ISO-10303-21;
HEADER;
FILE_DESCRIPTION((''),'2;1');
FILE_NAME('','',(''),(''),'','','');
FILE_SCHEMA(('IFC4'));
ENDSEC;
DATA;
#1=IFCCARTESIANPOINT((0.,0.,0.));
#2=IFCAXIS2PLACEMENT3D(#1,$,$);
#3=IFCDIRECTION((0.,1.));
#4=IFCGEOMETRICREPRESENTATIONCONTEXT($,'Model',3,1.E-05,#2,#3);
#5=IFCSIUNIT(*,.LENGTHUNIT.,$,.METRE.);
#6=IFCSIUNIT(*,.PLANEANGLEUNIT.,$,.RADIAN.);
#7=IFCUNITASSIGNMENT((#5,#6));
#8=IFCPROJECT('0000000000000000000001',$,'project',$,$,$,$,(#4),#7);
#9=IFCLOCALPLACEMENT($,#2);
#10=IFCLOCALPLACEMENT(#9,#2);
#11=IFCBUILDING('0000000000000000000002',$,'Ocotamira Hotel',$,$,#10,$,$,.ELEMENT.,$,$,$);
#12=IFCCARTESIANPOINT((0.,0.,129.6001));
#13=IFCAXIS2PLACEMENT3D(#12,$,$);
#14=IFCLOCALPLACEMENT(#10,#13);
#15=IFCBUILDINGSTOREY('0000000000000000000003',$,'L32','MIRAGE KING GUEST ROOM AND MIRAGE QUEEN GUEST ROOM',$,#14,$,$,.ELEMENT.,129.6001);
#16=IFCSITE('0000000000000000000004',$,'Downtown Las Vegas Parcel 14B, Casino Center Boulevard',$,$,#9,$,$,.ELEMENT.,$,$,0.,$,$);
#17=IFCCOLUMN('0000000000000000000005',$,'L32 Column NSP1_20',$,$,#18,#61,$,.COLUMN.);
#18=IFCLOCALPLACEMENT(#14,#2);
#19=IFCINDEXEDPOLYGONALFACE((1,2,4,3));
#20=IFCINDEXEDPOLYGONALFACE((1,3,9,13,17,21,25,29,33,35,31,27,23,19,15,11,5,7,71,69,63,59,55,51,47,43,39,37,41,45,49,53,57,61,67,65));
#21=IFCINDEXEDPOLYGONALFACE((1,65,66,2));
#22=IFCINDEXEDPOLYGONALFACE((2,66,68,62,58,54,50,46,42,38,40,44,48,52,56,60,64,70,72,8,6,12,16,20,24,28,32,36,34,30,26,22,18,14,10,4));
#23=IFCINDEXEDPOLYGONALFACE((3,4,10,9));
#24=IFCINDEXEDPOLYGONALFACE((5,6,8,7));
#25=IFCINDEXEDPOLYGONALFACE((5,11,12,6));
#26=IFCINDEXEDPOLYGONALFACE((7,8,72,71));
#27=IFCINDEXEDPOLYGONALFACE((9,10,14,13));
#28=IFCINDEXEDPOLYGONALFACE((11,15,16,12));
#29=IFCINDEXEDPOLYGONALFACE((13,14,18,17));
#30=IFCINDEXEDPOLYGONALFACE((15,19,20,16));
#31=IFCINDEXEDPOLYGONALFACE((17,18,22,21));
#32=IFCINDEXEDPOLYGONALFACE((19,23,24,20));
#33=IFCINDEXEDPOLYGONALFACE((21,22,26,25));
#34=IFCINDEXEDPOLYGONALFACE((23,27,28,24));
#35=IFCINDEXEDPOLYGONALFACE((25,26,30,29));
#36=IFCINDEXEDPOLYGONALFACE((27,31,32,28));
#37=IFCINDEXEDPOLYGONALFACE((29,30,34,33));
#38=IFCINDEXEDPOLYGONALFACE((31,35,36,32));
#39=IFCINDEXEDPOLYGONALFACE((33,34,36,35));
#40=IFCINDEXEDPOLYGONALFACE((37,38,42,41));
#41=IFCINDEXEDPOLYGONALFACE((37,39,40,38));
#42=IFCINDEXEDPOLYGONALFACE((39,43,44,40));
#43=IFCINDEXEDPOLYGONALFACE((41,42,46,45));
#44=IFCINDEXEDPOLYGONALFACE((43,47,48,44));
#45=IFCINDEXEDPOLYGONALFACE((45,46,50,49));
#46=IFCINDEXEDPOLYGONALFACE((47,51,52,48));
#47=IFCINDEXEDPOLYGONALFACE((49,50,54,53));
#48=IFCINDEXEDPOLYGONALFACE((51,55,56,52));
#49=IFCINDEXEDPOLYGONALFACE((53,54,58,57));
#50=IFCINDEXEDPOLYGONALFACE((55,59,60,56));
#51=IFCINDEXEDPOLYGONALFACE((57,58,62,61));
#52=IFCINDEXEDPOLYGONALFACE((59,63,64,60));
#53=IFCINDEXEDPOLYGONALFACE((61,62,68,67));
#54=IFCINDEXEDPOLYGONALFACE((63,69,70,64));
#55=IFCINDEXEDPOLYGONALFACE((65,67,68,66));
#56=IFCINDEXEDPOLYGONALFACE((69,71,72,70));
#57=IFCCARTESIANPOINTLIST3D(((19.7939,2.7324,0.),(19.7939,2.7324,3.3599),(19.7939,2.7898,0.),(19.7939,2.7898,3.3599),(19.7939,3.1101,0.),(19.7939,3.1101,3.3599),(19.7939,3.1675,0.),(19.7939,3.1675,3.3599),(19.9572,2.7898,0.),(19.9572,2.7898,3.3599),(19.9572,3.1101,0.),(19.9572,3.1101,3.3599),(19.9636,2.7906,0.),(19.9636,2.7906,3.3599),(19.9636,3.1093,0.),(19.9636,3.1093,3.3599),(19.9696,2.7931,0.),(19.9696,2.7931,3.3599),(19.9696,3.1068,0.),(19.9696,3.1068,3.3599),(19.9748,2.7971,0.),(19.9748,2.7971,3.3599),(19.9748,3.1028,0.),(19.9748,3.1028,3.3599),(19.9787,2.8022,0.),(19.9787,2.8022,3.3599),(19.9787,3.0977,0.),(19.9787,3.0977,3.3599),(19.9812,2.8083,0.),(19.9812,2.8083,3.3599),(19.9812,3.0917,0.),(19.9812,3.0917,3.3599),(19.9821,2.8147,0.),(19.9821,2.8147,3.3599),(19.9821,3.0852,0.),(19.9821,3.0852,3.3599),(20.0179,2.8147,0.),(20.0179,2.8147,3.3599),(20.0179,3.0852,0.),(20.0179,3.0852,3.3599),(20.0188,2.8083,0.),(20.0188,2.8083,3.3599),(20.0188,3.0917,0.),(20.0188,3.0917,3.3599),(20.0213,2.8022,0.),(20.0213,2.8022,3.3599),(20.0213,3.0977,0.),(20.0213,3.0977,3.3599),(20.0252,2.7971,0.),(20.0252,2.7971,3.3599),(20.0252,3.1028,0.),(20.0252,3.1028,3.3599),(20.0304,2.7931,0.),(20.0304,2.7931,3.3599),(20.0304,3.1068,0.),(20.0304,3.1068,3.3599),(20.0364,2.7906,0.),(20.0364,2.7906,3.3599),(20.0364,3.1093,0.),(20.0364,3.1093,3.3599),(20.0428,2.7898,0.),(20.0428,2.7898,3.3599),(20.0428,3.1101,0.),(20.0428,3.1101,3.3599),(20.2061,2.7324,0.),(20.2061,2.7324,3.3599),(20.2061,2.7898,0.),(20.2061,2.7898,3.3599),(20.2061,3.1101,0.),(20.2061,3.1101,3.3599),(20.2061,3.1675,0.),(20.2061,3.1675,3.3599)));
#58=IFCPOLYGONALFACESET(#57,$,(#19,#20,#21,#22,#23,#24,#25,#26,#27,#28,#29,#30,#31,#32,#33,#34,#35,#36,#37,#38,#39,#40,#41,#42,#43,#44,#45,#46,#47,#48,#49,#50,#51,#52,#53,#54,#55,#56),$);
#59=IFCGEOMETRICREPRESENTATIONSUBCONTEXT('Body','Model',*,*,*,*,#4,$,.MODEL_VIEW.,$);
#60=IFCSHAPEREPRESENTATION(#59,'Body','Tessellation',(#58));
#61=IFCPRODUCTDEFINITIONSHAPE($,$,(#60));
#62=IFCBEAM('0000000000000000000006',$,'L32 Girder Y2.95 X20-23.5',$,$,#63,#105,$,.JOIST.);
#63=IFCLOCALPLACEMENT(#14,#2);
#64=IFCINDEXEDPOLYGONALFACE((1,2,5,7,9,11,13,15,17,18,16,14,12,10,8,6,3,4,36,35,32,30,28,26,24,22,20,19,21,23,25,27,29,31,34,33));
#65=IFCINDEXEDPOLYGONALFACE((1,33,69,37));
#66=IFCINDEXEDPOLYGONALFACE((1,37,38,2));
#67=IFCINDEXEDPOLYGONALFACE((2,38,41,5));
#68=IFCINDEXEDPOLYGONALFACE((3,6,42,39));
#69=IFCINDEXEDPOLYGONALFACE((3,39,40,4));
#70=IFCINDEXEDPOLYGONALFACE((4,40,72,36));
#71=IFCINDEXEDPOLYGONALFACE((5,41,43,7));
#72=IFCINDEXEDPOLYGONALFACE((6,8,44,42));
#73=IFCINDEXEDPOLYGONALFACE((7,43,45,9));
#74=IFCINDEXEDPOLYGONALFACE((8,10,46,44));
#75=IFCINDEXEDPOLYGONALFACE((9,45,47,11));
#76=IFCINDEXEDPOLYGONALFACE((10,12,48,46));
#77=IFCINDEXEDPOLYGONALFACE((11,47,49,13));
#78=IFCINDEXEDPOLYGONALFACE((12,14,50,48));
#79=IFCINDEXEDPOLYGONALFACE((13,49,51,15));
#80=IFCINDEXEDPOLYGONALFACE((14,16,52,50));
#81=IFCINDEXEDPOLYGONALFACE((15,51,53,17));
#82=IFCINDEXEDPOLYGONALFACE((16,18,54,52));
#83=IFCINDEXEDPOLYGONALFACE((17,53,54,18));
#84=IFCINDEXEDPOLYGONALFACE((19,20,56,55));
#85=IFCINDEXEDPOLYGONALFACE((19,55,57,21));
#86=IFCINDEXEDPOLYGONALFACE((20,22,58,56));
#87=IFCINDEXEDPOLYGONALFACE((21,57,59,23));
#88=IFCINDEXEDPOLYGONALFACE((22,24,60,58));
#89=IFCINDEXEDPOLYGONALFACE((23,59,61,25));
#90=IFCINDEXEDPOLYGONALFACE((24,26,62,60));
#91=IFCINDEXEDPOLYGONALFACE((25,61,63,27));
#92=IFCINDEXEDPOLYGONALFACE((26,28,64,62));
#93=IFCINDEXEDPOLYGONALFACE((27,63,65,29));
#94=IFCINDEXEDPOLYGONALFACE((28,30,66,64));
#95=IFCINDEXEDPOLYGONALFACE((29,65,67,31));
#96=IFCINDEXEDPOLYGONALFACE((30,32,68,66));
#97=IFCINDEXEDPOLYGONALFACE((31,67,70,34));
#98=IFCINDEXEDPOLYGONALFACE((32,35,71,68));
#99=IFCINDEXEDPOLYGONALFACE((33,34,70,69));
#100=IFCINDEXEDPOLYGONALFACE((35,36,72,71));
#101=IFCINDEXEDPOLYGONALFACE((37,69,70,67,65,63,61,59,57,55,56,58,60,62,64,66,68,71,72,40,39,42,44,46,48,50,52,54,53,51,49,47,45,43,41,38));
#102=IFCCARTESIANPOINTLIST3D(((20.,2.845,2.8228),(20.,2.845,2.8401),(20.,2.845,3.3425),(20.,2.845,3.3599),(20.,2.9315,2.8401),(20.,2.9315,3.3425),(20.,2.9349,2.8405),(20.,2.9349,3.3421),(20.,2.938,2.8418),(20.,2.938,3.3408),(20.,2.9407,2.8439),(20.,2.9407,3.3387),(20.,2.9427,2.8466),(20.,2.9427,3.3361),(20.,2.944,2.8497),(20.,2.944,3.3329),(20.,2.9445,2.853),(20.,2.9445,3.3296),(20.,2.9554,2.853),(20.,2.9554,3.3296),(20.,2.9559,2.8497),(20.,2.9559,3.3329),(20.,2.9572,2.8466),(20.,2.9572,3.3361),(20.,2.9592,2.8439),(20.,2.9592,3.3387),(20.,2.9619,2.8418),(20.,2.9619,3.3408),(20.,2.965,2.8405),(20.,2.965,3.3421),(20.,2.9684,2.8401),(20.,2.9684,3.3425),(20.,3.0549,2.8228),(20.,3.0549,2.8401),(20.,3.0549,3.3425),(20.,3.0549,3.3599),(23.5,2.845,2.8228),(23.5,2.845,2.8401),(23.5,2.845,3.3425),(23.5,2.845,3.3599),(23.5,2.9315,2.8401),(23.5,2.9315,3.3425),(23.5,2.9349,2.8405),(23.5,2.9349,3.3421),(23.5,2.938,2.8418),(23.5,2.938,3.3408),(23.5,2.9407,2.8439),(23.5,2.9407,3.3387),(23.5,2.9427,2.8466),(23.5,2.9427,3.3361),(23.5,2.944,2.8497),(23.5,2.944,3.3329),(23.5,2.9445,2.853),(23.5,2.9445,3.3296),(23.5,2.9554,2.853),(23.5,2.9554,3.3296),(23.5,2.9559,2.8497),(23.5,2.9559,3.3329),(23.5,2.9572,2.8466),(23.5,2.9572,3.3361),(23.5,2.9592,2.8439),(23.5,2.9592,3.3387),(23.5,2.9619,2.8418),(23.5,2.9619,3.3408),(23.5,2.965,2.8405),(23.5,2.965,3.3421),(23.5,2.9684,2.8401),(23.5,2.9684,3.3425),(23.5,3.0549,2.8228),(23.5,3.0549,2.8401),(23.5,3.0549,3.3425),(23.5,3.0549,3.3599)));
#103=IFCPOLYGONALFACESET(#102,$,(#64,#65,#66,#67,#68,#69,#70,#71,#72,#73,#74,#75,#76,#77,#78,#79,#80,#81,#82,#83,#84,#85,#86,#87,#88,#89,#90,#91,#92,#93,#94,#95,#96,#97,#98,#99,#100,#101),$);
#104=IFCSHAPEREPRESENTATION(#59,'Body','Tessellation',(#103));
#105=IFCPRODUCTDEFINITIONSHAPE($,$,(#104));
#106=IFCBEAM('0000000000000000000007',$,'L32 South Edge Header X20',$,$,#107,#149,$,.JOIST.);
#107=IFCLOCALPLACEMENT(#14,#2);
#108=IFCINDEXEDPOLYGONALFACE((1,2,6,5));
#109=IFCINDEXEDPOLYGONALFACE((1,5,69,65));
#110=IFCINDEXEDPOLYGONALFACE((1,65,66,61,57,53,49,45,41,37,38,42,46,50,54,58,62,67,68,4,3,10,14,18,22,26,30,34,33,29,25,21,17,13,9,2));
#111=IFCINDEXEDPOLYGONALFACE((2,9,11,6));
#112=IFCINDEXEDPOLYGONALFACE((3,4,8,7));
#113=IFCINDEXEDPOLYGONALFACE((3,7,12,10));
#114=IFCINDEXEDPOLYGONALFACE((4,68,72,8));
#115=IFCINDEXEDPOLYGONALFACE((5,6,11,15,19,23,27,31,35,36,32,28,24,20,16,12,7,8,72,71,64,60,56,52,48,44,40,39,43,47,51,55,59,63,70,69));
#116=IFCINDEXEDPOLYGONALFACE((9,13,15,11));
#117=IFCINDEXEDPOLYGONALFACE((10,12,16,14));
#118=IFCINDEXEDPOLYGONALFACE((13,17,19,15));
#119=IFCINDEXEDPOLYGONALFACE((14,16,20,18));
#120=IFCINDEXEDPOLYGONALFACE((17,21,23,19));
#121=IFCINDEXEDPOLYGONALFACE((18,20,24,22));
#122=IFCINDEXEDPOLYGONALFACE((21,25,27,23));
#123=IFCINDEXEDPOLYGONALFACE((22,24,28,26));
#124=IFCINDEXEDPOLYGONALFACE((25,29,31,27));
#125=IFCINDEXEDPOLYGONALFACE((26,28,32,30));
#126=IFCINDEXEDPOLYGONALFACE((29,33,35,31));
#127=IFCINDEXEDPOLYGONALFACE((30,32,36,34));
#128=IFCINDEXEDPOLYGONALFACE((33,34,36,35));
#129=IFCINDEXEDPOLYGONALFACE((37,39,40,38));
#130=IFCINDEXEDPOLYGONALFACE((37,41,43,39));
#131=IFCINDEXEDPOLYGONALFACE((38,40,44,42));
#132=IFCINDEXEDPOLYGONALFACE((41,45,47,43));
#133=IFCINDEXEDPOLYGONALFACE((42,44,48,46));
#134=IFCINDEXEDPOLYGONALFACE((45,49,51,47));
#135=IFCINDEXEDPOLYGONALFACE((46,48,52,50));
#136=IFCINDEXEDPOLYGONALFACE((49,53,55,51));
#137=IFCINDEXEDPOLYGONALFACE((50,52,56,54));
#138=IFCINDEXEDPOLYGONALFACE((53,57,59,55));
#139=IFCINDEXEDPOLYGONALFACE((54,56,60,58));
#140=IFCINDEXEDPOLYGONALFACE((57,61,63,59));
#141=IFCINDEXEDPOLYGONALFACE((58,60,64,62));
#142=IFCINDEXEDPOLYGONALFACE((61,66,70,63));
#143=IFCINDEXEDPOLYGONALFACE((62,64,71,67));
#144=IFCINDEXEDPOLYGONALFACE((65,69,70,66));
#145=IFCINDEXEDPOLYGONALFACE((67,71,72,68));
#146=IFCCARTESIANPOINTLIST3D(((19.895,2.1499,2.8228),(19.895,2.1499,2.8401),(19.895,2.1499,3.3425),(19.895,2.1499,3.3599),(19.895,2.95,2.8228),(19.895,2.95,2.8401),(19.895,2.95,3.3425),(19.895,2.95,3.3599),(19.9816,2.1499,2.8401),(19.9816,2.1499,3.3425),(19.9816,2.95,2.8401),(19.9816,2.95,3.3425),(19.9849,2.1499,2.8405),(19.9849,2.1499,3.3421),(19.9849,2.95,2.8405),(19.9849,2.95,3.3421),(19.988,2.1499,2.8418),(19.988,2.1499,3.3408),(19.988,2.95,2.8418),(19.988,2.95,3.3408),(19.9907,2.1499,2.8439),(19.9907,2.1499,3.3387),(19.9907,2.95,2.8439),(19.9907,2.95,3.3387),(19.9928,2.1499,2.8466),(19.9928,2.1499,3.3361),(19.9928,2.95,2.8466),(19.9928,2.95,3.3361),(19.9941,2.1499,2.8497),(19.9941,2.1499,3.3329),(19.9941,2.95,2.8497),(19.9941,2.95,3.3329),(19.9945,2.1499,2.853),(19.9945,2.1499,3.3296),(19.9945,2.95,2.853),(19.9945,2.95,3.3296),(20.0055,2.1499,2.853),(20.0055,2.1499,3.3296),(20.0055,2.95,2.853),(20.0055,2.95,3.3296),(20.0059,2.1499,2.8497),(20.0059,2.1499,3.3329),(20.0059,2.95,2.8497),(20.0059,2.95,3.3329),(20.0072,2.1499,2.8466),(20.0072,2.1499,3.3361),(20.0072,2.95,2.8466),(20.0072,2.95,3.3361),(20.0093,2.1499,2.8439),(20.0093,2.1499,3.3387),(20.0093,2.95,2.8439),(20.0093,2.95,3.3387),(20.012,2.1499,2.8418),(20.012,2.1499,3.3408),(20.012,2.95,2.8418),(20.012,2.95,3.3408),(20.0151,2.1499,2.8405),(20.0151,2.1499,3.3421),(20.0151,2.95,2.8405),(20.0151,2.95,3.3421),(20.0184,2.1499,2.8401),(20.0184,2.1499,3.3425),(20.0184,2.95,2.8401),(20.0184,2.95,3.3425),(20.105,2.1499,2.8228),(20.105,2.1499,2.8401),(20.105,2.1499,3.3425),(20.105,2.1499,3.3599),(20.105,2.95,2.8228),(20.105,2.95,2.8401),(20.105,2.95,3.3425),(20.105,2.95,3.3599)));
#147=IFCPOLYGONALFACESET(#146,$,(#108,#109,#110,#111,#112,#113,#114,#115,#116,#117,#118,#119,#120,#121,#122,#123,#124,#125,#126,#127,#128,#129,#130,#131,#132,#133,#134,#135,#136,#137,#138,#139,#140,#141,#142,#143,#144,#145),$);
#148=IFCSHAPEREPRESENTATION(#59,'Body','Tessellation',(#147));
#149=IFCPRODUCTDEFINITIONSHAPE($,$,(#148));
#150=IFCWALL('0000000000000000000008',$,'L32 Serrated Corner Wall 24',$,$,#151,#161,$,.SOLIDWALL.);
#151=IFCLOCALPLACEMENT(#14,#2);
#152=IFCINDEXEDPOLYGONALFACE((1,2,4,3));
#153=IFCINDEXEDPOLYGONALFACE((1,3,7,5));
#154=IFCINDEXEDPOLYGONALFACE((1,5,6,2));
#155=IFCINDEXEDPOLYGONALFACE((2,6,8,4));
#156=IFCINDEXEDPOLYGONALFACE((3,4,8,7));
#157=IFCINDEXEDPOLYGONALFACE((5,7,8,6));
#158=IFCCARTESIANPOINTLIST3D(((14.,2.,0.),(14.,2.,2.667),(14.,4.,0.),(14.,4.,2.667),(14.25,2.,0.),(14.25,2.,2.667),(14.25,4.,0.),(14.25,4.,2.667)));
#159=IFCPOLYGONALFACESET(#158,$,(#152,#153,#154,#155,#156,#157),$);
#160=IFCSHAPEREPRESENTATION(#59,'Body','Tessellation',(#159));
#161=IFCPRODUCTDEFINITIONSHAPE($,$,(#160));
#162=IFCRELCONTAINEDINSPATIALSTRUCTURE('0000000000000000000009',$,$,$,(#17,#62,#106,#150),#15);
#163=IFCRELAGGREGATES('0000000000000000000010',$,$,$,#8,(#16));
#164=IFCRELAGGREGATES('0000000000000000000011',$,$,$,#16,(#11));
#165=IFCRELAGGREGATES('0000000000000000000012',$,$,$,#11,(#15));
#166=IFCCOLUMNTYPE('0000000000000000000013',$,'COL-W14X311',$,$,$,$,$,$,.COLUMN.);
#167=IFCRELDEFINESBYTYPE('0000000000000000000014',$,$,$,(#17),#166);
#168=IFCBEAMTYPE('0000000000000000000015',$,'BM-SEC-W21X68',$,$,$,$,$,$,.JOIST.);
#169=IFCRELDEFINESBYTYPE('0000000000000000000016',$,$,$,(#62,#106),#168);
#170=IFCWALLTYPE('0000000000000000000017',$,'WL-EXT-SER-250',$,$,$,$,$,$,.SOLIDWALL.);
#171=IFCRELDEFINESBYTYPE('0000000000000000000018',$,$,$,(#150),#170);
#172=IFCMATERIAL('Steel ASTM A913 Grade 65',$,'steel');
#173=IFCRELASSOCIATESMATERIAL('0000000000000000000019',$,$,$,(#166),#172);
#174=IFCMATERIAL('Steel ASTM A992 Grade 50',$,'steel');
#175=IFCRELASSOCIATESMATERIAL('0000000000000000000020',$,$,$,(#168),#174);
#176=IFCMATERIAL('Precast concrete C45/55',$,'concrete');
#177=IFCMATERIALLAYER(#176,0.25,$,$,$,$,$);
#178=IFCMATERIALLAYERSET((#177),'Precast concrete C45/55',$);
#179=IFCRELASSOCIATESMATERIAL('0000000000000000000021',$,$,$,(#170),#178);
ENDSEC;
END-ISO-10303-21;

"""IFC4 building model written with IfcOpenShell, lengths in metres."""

from ifc_helpers import new_model, si_unit, direction, frame, frame_2d, origin, origin_2d, place, context, subcontext, project, spatial, rectangle, i_section, extrude, source, transform, mapped, material, layer, layer_set, material_profile, profile_set, type_object, element, save


model = new_model("IFC4")

# Units and contexts
model_context = context("Model", 3, precision=1e-05, world=origin(), true_north=direction((0.0, 1.0)))
body_context = subcontext(model_context, "Body", "Model", "MODEL_VIEW")
ifc_project = project(units=[si_unit("LENGTHUNIT", "METRE"), si_unit("PLANEANGLEUNIT", "RADIAN")], contexts=[model_context])

# Site, building, storey
site_placement = place(None, origin())
site = spatial("IfcSite", under=ifc_project, at=site_placement, Name="Downtown Las Vegas Parcel 14B, Casino Center Boulevard", CompositionType="ELEMENT", RefElevation=0.0)
building_placement = place(site_placement, origin())
building = spatial("IfcBuilding", under=site, at=building_placement, Name="Ocotamira Hotel", CompositionType="ELEMENT")
storey_placement = place(building_placement, frame((0.0, 0.0, 129.6001)))
storey = spatial("IfcBuildingStorey", under=building, at=storey_placement, Name="L32", Description="MIRAGE KING GUEST ROOM AND MIRAGE QUEEN GUEST ROOM", CompositionType="ELEMENT", Elevation=129.6001)

# Column
ifc_material_1 = material(Name="Steel ASTM A913 Grade 65", Category="steel")
ifc_material_profile_1 = material_profile(ifc_material_1, i_section(OverallWidth=0.4121, OverallDepth=0.4351, WebThickness=0.0359, FlangeThickness=0.0574, FilletRadius=0.0249, at=origin_2d()), Name="W14X311")
ifc_profile_set_1 = profile_set([ifc_material_profile_1], Name="Steel ASTM A913 Grade 65")
column_type = type_object("IfcColumnType", Name="COL-W14X311", PredefinedType="COLUMN", material=ifc_profile_set_1)
shared_shape_1 = source(origin(), body_context, "Body", "SweptSolid", [
    extrude(i_section(OverallWidth=0.4121, OverallDepth=0.4351, WebThickness=0.0359, FlangeThickness=0.0574, FilletRadius=0.0249, at=origin_2d()), origin(), (0.0, 0.0, 1.0), 3.3599),
])
column_placement = place(storey_placement, frame((20.0, 2.95, 0.0), z_axis=(0.0, 0.0, 1.0), x_axis=(1.0, 0.0, 0.0)))
element("IfcColumn", 1, at=column_placement, inside=storey, type_object=column_type, Name="L32 Column NSP1_20", PredefinedType="COLUMN", context=body_context, shape_type="MappedRepresentation", body=[
    mapped(shared_shape_1, transform((0.0, 0.0, 0.0), scale=1.0)),
])

# Beams
ifc_material_2 = material(Name="Steel ASTM A992 Grade 50", Category="steel")
ifc_material_profile_2 = material_profile(ifc_material_2, i_section(OverallWidth=0.21, OverallDepth=0.5371, WebThickness=0.011, FlangeThickness=0.0173, FilletRadius=0.0129, at=origin_2d()), Name="W21X68")
ifc_profile_set_2 = profile_set([ifc_material_profile_2], Name="Steel ASTM A992 Grade 50")
beam_type = type_object("IfcBeamType", Name="BM-SEC-W21X68", PredefinedType="JOIST", material=ifc_profile_set_2)
shared_shape_2 = source(origin(), body_context, "Body", "SweptSolid", [
    extrude(i_section(OverallWidth=0.21, OverallDepth=0.5371, WebThickness=0.011, FlangeThickness=0.0173, FilletRadius=0.0129, at=origin_2d()), origin(), (0.0, 0.0, 1.0), 3.5),
])
beam_1_placement = place(storey_placement, frame((20.0, 2.95, 3.0913), z_axis=(1.0, 0.0, 0.0), x_axis=(0.0, 1.0, 0.0)))
element("IfcBeam", 2, at=beam_1_placement, inside=storey, type_object=beam_type, Name="L32 Girder Y2.95 X20-23.5", PredefinedType="JOIST", context=body_context, shape_type="MappedRepresentation", body=[
    mapped(shared_shape_2, transform((0.0, 0.0, 0.0), scale=1.0)),
])
shared_shape_3 = source(origin(), body_context, "Body", "SweptSolid", [
    extrude(i_section(OverallWidth=0.21, OverallDepth=0.5371, WebThickness=0.011, FlangeThickness=0.0173, FilletRadius=0.0129, at=origin_2d()), origin(), (0.0, 0.0, 1.0), 0.8),
])
beam_2_placement = place(storey_placement, frame((20.0, 2.95, 3.0913), z_axis=(0.0, -1.0, 0.0), x_axis=(1.0, 0.0, 0.0)))
element("IfcBeam", 3, at=beam_2_placement, inside=storey, type_object=beam_type, Name="L32 South Edge Header X20", PredefinedType="JOIST", context=body_context, shape_type="MappedRepresentation", body=[
    mapped(shared_shape_3, transform((0.0, 0.0, 0.0), scale=1.0)),
])

# Wall
ifc_material_3 = material(Name="Precast concrete C45/55", Category="concrete")
ifc_layer_1 = layer(ifc_material_3, 0.25)
ifc_layer_set_1 = layer_set([ifc_layer_1], Name="Precast concrete C45/55")
wall_type_1 = type_object("IfcWallType", Name="WL-EXT-SER-250", PredefinedType="SOLIDWALL", material=ifc_layer_set_1)
wall_1_placement = place(storey_placement, frame((14.125, 4.0, 0.0), z_axis=(0.0, 0.0, 1.0), x_axis=(0.0, -1.0, 0.0)))
element("IfcWall", 4, at=wall_1_placement, inside=storey, type_object=wall_type_1, Name="L32 Serrated Corner Wall 24", PredefinedType="SOLIDWALL", context=body_context, shape_type="SweptSolid", body=[
    extrude(rectangle(XDim=2.0, YDim=0.25, at=frame_2d((1.0, 0.0))), origin(), (0.0, 0.0, 1.0), 2.667),
])

save(model, "model.ifc")
